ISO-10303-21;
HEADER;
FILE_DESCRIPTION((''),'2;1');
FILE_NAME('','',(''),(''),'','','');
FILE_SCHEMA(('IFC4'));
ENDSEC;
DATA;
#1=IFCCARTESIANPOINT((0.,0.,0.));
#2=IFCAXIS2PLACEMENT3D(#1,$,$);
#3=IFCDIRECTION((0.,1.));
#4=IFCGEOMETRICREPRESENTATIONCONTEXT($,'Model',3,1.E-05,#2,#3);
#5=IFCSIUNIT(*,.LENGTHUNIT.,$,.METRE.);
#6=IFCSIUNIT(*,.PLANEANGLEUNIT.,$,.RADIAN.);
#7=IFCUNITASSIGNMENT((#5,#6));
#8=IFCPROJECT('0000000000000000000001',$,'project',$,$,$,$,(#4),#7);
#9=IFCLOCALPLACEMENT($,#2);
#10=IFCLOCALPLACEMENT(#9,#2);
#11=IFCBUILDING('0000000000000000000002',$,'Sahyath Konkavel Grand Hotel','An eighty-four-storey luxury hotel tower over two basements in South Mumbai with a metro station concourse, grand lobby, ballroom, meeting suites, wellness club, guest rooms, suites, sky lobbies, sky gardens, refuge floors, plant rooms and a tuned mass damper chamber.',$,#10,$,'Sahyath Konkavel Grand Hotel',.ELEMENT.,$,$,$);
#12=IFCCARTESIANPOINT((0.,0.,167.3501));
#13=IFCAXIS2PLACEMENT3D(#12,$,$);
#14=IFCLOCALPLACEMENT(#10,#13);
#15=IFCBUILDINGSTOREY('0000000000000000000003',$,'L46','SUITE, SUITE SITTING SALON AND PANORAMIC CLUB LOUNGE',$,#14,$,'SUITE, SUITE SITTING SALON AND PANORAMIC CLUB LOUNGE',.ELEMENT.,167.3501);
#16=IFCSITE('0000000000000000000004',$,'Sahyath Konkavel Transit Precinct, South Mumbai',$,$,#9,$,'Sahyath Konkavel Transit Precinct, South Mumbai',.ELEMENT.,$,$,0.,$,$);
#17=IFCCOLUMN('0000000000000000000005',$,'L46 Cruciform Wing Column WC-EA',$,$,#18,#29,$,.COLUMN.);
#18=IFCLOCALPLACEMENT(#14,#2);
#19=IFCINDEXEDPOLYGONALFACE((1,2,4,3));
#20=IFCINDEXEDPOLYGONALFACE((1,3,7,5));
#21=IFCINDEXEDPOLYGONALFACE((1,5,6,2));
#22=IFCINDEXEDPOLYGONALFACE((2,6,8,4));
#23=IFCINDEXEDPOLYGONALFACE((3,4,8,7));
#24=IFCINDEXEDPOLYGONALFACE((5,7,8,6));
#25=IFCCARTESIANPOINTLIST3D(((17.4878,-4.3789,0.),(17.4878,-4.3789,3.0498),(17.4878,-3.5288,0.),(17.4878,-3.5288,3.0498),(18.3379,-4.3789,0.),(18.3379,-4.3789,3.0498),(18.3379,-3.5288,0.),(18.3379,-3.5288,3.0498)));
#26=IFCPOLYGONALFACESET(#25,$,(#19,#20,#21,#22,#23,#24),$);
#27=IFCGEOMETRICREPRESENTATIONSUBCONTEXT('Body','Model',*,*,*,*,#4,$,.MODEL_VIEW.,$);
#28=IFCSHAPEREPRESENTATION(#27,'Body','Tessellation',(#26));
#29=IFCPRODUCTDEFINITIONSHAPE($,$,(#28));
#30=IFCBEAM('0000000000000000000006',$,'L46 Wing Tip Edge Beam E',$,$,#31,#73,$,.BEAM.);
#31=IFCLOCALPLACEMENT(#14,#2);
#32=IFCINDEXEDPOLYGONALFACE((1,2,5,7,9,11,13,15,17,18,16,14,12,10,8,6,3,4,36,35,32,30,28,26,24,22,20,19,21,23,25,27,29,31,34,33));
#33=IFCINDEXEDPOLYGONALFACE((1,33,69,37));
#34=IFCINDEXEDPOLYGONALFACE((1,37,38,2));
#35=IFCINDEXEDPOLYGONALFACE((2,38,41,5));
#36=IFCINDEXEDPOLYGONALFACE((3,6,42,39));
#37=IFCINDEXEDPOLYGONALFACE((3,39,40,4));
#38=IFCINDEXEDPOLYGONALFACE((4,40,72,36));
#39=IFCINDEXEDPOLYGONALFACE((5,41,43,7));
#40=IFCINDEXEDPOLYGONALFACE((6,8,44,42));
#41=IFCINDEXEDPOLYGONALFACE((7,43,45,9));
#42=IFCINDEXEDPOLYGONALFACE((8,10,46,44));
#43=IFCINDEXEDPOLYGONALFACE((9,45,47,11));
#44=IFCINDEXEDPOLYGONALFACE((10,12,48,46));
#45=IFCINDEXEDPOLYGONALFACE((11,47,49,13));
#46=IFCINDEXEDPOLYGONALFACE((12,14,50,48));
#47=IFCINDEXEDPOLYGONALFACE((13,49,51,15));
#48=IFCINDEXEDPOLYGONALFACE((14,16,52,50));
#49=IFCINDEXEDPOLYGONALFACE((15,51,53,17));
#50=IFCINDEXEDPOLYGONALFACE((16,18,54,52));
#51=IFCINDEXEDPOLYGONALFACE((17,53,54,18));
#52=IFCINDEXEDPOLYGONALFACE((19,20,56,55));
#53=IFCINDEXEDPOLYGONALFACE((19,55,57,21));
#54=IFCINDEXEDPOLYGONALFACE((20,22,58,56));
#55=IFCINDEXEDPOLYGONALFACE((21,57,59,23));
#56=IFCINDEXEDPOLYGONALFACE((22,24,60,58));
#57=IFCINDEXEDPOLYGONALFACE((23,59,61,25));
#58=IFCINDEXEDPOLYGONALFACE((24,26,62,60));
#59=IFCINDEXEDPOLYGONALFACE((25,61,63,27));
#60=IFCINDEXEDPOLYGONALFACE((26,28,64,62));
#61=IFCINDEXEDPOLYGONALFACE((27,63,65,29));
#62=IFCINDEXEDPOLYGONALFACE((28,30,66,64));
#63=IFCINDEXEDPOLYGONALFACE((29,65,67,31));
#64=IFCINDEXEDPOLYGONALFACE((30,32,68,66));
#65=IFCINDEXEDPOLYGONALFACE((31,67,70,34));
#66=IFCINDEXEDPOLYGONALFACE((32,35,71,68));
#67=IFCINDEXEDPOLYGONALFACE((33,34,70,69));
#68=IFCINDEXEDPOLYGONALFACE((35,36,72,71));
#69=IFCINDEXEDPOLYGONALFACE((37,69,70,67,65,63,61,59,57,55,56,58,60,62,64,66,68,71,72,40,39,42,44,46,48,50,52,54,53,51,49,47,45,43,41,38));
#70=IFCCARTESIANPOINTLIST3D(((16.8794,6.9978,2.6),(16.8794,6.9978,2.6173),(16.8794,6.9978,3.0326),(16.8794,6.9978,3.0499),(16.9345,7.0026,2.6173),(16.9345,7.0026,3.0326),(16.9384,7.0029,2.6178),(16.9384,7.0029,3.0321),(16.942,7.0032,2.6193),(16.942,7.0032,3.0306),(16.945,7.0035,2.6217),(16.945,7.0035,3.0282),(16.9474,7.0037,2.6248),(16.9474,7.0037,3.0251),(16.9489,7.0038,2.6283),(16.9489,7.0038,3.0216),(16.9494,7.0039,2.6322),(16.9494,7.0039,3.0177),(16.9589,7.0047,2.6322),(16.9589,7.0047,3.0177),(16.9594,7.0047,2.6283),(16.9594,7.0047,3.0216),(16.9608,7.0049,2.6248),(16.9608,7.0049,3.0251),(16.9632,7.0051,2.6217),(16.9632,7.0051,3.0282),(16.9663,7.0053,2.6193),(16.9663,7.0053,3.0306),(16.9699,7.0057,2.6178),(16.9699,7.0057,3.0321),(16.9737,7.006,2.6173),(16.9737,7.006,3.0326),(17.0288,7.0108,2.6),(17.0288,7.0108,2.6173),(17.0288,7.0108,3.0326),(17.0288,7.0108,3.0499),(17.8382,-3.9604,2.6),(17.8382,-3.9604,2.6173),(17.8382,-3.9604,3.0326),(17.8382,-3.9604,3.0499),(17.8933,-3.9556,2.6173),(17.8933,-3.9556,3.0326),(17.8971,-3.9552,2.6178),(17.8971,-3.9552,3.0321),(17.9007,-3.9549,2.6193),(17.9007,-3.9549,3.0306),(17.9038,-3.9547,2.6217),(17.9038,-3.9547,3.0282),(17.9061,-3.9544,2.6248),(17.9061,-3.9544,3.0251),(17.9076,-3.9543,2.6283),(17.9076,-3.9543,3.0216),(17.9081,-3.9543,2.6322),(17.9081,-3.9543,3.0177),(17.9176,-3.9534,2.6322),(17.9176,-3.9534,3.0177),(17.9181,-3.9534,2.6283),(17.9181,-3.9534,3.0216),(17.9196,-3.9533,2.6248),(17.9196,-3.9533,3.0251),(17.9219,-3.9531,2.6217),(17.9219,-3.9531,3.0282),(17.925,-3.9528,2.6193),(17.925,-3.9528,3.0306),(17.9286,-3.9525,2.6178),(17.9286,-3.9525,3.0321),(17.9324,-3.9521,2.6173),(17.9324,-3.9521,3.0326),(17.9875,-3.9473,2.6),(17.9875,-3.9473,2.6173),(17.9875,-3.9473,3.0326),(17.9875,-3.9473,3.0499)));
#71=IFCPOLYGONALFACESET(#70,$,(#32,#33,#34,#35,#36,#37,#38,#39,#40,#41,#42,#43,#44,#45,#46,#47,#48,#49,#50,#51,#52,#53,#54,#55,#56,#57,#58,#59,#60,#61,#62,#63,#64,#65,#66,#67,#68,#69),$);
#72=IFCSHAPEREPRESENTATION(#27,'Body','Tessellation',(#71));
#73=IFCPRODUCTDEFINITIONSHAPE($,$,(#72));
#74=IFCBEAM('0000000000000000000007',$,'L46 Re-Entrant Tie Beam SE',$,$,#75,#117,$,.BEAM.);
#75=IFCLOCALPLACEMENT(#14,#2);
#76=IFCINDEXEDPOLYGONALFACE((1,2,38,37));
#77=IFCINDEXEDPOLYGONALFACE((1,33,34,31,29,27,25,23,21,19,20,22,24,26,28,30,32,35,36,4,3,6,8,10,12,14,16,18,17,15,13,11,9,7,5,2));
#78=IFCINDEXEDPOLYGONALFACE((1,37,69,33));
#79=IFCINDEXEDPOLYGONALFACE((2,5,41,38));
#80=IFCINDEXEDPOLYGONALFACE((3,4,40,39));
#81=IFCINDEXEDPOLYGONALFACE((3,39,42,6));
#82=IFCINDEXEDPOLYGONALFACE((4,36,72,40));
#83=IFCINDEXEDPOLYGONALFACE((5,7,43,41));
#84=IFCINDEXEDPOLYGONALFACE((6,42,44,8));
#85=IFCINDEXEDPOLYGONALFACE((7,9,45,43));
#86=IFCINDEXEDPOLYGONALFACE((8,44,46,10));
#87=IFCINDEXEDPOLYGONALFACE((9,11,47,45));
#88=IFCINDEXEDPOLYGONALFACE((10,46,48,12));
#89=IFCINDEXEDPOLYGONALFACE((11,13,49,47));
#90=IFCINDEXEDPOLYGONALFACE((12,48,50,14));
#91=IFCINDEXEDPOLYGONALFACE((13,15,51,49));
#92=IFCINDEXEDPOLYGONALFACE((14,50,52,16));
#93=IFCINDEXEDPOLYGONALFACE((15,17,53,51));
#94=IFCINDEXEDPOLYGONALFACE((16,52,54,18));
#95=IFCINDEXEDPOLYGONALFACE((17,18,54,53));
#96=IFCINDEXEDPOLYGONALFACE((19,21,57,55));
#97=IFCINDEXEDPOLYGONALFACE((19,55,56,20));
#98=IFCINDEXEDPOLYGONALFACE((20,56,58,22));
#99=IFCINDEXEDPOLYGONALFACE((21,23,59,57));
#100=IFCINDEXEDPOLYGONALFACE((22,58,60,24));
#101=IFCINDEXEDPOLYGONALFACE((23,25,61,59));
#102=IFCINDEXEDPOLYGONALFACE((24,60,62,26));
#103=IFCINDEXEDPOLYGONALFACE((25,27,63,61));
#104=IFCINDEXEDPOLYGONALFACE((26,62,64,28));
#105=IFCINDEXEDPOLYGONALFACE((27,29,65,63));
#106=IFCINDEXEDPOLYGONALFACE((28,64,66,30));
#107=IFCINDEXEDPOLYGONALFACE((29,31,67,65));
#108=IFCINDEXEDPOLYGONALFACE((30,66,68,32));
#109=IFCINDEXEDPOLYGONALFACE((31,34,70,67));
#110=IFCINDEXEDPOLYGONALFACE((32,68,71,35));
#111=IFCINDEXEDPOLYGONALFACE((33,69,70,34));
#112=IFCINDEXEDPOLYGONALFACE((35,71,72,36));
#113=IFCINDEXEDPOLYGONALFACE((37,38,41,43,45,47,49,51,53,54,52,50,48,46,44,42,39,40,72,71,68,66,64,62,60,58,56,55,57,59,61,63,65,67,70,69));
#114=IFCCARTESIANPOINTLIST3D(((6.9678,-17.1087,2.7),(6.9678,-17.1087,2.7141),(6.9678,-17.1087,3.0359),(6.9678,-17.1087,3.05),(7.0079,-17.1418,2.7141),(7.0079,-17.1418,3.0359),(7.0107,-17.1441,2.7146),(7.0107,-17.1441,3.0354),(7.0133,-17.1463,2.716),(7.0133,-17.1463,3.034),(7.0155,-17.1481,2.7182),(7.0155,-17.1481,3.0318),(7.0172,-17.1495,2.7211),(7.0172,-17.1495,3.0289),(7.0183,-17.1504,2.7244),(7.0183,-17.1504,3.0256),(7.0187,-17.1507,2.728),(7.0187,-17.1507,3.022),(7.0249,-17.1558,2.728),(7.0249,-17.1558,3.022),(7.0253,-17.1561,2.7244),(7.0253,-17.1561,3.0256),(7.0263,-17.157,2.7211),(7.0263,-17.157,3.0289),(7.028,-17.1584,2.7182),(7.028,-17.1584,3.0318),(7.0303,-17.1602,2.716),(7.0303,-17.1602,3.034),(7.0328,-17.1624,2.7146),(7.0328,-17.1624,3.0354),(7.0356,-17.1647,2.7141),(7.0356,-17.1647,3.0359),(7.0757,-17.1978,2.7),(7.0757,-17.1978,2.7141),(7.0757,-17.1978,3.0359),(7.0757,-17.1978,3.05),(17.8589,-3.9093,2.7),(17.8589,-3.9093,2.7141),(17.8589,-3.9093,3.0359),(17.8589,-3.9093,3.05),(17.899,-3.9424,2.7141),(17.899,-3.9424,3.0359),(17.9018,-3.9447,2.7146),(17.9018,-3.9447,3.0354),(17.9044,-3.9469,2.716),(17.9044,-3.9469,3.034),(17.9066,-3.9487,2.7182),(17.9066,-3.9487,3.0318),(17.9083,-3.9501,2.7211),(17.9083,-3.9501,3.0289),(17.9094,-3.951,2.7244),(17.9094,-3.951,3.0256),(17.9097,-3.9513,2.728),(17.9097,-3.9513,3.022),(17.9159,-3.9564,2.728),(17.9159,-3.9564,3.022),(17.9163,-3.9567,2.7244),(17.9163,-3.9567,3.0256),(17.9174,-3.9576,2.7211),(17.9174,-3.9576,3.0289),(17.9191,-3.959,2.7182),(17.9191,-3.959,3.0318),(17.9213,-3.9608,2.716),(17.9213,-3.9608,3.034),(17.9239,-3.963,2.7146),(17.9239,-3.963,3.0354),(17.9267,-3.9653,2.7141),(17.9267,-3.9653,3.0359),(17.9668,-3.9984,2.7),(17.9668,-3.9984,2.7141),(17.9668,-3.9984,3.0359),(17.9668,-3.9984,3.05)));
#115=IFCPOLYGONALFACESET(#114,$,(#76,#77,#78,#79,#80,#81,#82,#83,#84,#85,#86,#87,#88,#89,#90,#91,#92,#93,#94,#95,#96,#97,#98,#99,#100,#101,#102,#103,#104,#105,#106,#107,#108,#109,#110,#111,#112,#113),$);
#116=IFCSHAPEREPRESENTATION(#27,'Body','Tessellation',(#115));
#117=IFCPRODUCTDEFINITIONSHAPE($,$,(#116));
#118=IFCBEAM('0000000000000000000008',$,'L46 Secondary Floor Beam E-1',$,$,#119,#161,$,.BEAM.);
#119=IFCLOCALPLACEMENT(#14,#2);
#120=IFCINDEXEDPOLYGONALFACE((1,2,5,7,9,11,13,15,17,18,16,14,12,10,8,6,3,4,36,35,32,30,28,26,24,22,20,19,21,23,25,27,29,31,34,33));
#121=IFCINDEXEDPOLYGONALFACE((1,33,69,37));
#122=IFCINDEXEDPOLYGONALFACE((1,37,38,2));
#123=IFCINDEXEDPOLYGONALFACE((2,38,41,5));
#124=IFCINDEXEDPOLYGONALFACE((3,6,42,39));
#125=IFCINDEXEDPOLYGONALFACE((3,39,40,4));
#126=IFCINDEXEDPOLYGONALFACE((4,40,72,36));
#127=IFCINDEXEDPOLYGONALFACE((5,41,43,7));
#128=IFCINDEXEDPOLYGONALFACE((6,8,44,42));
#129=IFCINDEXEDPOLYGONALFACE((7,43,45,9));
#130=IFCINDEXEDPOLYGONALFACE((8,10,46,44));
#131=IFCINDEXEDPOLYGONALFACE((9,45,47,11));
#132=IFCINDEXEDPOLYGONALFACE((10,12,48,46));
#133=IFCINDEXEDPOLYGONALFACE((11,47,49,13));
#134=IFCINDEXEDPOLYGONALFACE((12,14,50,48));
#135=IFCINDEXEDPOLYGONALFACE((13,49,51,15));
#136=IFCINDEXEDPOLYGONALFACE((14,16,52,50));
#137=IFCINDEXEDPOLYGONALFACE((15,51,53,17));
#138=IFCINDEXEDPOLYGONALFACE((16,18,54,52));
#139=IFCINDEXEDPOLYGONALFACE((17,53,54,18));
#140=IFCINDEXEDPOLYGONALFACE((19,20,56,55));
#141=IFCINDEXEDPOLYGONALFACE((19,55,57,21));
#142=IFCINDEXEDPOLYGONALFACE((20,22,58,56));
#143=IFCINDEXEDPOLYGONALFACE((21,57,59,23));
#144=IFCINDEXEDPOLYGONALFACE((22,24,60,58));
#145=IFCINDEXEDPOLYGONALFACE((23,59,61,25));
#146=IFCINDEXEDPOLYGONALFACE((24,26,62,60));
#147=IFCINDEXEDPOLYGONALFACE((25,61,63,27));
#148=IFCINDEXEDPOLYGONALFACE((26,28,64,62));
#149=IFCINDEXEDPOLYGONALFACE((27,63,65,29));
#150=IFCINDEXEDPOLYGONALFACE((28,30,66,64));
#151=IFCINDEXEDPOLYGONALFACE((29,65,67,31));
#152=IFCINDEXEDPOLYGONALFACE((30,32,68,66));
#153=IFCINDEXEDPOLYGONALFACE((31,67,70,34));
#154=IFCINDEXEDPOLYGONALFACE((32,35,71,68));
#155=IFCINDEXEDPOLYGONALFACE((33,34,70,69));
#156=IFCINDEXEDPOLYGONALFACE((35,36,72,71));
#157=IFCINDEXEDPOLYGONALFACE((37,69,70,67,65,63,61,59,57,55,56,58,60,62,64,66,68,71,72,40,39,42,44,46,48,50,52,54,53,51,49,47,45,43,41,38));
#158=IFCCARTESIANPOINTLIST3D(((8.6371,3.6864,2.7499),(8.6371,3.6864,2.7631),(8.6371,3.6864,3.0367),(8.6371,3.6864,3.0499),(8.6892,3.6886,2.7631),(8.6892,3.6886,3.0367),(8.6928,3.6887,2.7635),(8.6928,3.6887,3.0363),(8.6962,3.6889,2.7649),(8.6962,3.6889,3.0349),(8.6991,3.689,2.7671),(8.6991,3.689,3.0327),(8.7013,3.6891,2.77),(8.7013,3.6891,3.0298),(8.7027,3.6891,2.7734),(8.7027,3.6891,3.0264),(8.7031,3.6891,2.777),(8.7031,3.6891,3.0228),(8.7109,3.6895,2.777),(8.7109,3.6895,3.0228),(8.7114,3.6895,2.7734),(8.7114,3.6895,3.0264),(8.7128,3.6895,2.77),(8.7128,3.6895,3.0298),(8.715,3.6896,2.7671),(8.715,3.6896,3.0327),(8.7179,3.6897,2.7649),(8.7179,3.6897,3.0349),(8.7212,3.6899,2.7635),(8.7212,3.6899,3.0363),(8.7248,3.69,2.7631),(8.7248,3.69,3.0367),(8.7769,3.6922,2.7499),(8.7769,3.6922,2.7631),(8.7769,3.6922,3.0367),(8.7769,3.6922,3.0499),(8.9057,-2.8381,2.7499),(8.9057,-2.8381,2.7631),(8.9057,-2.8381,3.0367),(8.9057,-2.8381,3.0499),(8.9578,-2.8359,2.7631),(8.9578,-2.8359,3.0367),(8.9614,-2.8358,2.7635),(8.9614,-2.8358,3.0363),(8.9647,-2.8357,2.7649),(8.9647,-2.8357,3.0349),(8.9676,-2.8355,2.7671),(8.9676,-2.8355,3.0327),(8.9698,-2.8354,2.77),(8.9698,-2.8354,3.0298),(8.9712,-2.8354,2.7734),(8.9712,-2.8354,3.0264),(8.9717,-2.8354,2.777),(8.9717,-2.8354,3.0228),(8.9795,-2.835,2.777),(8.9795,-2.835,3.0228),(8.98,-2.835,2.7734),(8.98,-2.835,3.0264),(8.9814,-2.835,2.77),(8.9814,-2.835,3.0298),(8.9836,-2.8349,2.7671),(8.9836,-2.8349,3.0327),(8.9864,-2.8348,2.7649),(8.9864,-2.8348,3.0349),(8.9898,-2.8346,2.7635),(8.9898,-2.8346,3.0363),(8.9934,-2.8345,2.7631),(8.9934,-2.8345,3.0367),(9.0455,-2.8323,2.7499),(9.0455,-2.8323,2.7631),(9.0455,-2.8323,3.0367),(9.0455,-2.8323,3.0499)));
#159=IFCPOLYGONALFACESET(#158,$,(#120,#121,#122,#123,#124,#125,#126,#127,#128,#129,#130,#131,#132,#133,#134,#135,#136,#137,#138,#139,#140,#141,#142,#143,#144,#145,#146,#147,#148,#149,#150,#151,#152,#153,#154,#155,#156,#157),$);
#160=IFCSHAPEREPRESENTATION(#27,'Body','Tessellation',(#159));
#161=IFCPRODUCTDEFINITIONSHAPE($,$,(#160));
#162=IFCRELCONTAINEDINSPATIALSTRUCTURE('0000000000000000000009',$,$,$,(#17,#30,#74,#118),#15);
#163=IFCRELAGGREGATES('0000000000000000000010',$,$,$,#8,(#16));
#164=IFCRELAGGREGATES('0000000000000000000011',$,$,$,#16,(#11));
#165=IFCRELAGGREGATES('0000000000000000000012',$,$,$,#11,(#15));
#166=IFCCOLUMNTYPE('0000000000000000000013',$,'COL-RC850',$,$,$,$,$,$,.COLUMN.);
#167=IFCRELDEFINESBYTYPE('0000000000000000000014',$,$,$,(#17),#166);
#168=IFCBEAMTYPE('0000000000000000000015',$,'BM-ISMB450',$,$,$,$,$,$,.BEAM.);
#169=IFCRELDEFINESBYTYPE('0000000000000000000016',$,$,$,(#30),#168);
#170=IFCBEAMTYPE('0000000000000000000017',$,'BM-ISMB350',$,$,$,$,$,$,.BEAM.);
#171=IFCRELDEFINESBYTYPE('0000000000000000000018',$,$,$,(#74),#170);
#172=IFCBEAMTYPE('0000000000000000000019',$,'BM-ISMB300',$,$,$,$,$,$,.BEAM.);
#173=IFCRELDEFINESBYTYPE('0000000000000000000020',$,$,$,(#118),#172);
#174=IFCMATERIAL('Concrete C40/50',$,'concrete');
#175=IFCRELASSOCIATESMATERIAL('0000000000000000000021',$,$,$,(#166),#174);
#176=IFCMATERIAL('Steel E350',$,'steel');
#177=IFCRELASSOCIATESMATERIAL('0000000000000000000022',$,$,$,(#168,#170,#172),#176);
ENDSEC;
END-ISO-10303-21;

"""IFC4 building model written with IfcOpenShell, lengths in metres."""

from ifc_helpers import new_model, si_unit, direction, frame, origin, origin_2d, place, context, subcontext, project, spatial, rectangle, i_section, extrude, source, transform, mapped, material, material_profile, profile_set, type_object, element, save


model = new_model("IFC4")

# Units and contexts
model_context = context("Model", 3, precision=1e-05, world=origin(), true_north=direction((0.0, 1.0)))
body_context = subcontext(model_context, "Body", "Model", "MODEL_VIEW")
ifc_project = project(units=[si_unit("LENGTHUNIT", "METRE"), si_unit("PLANEANGLEUNIT", "RADIAN")], contexts=[model_context])

# Site, building, storey
site_placement = place(None, origin())
site = spatial("IfcSite", under=ifc_project, at=site_placement, Name="Sahyath Konkavel Transit Precinct, South Mumbai", LongName="Sahyath Konkavel Transit Precinct, South Mumbai", CompositionType="ELEMENT", RefElevation=0.0)
building_placement = place(site_placement, origin())
building = spatial("IfcBuilding", under=site, at=building_placement, Name="Sahyath Konkavel Grand Hotel", Description="An eighty-four-storey luxury hotel tower over two basements in South Mumbai with a metro station concourse, grand lobby, ballroom, meeting suites, wellness club, guest rooms, suites, sky lobbies, sky gardens, refuge floors, plant rooms and a tuned mass damper chamber.", LongName="Sahyath Konkavel Grand Hotel", CompositionType="ELEMENT")
storey_placement = place(building_placement, frame((0.0, 0.0, 167.3501)))
storey = spatial("IfcBuildingStorey", under=building, at=storey_placement, Name="L46", Description="SUITE, SUITE SITTING SALON AND PANORAMIC CLUB LOUNGE", LongName="SUITE, SUITE SITTING SALON AND PANORAMIC CLUB LOUNGE", CompositionType="ELEMENT", Elevation=167.3501)

# Column
ifc_material_1 = material(Name="Concrete C40/50", Category="concrete")
ifc_material_profile_1 = material_profile(ifc_material_1, rectangle(XDim=0.8501, YDim=0.8501, at=origin_2d()), Name="RC 850x850")
ifc_profile_set_1 = profile_set([ifc_material_profile_1], Name="Concrete C40/50")
column_type = type_object("IfcColumnType", Name="COL-RC850", PredefinedType="COLUMN", material=ifc_profile_set_1)
shared_shape_1 = source(origin(), body_context, "Body", "SweptSolid", [
    extrude(rectangle(XDim=0.8501, YDim=0.8501, at=origin_2d()), origin(), (0.0, 0.0, 1.0), 3.0498),
])
column_placement = place(storey_placement, frame((17.9128, -3.9539, 0.0), z_axis=(0.0, 0.0, 1.0), x_axis=(1.0, 0.0, 0.0)))
element("IfcColumn", 1, at=column_placement, inside=storey, type_object=column_type, Name="L46 Cruciform Wing Column WC-EA", PredefinedType="COLUMN", context=body_context, shape_type="MappedRepresentation", body=[
    mapped(shared_shape_1, transform((0.0, 0.0, 0.0), scale=1.0)),
])

# Beams
ifc_material_2 = material(Name="Steel E350", Category="steel")
ifc_material_profile_2 = material_profile(ifc_material_2, i_section(OverallWidth=0.1499, OverallDepth=0.45, WebThickness=0.0095, FlangeThickness=0.0173, FilletRadius=0.0149, at=origin_2d()), Name="ISMB 450")
ifc_profile_set_2 = profile_set([ifc_material_profile_2], Name="Steel E350")
beam_type_1 = type_object("IfcBeamType", Name="BM-ISMB450", PredefinedType="BEAM", material=ifc_profile_set_2)
shared_shape_2 = source(origin(), body_context, "Body", "SweptSolid", [
    extrude(i_section(OverallWidth=0.1499, OverallDepth=0.45, WebThickness=0.0095, FlangeThickness=0.0173, FilletRadius=0.0149, at=origin_2d()), origin(), (0.0, 0.0, 1.0), 11.0),
])
beam_1_placement = place(storey_placement, frame((17.9128, -3.9539, 2.825), z_axis=(-0.087157, 0.996195, 0.0), x_axis=(-0.996195, -0.087157, 0.0)))
element("IfcBeam", 2, at=beam_1_placement, inside=storey, type_object=beam_type_1, Name="L46 Wing Tip Edge Beam E", PredefinedType="BEAM", context=body_context, shape_type="MappedRepresentation", body=[
    mapped(shared_shape_2, transform((0.0, 0.0, 0.0), scale=1.0)),
])
ifc_material_profile_3 = material_profile(ifc_material_2, i_section(OverallWidth=0.1399, OverallDepth=0.3501, WebThickness=0.0081, FlangeThickness=0.0142, FilletRadius=0.0139, at=origin_2d()), Name="ISMB 350")
ifc_profile_set_3 = profile_set([ifc_material_profile_3], Name="Steel E350")
beam_type_2 = type_object("IfcBeamType", Name="BM-ISMB350", PredefinedType="BEAM", material=ifc_profile_set_3)
shared_shape_3 = source(origin(), body_context, "Body", "SweptSolid", [
    extrude(i_section(OverallWidth=0.1399, OverallDepth=0.3501, WebThickness=0.0081, FlangeThickness=0.0142, FilletRadius=0.0139, at=origin_2d()), origin(), (0.0, 0.0, 1.0), 17.1125),
])
beam_2_placement = place(storey_placement, frame((17.9128, -3.9539, 2.875), z_axis=(-0.636437, -0.771329, 0.0), x_axis=(0.771329, -0.636437, 0.0)))
element("IfcBeam", 3, at=beam_2_placement, inside=storey, type_object=beam_type_2, Name="L46 Re-Entrant Tie Beam SE", PredefinedType="BEAM", context=body_context, shape_type="MappedRepresentation", body=[
    mapped(shared_shape_3, transform((0.0, 0.0, 0.0), scale=1.0)),
])
ifc_material_profile_4 = material_profile(ifc_material_2, i_section(OverallWidth=0.1399, OverallDepth=0.3, WebThickness=0.0078, FlangeThickness=0.0132, FilletRadius=0.0139, at=origin_2d()), Name="ISMB 300")
ifc_profile_set_4 = profile_set([ifc_material_profile_4], Name="Steel E350")
beam_type_3 = type_object("IfcBeamType", Name="BM-ISMB300", PredefinedType="BEAM", material=ifc_profile_set_4)
shared_shape_4 = source(origin(), body_context, "Body", "SweptSolid", [
    extrude(i_section(OverallWidth=0.1399, OverallDepth=0.3, WebThickness=0.0078, FlangeThickness=0.0132, FilletRadius=0.0139, at=origin_2d()), origin(), (0.0, 0.0, 1.0), 6.53),
])
beam_3_placement = place(storey_placement, frame((8.9756, -2.8352, 2.8999), z_axis=(-0.041127, 0.999154, 0.0), x_axis=(-0.999154, -0.041127, 0.0)))
element("IfcBeam", 4, at=beam_3_placement, inside=storey, type_object=beam_type_3, Name="L46 Secondary Floor Beam E-1", PredefinedType="BEAM", context=body_context, shape_type="MappedRepresentation", body=[
    mapped(shared_shape_4, transform((0.0, 0.0, 0.0), scale=1.0)),
])

save(model, "model.ifc")
